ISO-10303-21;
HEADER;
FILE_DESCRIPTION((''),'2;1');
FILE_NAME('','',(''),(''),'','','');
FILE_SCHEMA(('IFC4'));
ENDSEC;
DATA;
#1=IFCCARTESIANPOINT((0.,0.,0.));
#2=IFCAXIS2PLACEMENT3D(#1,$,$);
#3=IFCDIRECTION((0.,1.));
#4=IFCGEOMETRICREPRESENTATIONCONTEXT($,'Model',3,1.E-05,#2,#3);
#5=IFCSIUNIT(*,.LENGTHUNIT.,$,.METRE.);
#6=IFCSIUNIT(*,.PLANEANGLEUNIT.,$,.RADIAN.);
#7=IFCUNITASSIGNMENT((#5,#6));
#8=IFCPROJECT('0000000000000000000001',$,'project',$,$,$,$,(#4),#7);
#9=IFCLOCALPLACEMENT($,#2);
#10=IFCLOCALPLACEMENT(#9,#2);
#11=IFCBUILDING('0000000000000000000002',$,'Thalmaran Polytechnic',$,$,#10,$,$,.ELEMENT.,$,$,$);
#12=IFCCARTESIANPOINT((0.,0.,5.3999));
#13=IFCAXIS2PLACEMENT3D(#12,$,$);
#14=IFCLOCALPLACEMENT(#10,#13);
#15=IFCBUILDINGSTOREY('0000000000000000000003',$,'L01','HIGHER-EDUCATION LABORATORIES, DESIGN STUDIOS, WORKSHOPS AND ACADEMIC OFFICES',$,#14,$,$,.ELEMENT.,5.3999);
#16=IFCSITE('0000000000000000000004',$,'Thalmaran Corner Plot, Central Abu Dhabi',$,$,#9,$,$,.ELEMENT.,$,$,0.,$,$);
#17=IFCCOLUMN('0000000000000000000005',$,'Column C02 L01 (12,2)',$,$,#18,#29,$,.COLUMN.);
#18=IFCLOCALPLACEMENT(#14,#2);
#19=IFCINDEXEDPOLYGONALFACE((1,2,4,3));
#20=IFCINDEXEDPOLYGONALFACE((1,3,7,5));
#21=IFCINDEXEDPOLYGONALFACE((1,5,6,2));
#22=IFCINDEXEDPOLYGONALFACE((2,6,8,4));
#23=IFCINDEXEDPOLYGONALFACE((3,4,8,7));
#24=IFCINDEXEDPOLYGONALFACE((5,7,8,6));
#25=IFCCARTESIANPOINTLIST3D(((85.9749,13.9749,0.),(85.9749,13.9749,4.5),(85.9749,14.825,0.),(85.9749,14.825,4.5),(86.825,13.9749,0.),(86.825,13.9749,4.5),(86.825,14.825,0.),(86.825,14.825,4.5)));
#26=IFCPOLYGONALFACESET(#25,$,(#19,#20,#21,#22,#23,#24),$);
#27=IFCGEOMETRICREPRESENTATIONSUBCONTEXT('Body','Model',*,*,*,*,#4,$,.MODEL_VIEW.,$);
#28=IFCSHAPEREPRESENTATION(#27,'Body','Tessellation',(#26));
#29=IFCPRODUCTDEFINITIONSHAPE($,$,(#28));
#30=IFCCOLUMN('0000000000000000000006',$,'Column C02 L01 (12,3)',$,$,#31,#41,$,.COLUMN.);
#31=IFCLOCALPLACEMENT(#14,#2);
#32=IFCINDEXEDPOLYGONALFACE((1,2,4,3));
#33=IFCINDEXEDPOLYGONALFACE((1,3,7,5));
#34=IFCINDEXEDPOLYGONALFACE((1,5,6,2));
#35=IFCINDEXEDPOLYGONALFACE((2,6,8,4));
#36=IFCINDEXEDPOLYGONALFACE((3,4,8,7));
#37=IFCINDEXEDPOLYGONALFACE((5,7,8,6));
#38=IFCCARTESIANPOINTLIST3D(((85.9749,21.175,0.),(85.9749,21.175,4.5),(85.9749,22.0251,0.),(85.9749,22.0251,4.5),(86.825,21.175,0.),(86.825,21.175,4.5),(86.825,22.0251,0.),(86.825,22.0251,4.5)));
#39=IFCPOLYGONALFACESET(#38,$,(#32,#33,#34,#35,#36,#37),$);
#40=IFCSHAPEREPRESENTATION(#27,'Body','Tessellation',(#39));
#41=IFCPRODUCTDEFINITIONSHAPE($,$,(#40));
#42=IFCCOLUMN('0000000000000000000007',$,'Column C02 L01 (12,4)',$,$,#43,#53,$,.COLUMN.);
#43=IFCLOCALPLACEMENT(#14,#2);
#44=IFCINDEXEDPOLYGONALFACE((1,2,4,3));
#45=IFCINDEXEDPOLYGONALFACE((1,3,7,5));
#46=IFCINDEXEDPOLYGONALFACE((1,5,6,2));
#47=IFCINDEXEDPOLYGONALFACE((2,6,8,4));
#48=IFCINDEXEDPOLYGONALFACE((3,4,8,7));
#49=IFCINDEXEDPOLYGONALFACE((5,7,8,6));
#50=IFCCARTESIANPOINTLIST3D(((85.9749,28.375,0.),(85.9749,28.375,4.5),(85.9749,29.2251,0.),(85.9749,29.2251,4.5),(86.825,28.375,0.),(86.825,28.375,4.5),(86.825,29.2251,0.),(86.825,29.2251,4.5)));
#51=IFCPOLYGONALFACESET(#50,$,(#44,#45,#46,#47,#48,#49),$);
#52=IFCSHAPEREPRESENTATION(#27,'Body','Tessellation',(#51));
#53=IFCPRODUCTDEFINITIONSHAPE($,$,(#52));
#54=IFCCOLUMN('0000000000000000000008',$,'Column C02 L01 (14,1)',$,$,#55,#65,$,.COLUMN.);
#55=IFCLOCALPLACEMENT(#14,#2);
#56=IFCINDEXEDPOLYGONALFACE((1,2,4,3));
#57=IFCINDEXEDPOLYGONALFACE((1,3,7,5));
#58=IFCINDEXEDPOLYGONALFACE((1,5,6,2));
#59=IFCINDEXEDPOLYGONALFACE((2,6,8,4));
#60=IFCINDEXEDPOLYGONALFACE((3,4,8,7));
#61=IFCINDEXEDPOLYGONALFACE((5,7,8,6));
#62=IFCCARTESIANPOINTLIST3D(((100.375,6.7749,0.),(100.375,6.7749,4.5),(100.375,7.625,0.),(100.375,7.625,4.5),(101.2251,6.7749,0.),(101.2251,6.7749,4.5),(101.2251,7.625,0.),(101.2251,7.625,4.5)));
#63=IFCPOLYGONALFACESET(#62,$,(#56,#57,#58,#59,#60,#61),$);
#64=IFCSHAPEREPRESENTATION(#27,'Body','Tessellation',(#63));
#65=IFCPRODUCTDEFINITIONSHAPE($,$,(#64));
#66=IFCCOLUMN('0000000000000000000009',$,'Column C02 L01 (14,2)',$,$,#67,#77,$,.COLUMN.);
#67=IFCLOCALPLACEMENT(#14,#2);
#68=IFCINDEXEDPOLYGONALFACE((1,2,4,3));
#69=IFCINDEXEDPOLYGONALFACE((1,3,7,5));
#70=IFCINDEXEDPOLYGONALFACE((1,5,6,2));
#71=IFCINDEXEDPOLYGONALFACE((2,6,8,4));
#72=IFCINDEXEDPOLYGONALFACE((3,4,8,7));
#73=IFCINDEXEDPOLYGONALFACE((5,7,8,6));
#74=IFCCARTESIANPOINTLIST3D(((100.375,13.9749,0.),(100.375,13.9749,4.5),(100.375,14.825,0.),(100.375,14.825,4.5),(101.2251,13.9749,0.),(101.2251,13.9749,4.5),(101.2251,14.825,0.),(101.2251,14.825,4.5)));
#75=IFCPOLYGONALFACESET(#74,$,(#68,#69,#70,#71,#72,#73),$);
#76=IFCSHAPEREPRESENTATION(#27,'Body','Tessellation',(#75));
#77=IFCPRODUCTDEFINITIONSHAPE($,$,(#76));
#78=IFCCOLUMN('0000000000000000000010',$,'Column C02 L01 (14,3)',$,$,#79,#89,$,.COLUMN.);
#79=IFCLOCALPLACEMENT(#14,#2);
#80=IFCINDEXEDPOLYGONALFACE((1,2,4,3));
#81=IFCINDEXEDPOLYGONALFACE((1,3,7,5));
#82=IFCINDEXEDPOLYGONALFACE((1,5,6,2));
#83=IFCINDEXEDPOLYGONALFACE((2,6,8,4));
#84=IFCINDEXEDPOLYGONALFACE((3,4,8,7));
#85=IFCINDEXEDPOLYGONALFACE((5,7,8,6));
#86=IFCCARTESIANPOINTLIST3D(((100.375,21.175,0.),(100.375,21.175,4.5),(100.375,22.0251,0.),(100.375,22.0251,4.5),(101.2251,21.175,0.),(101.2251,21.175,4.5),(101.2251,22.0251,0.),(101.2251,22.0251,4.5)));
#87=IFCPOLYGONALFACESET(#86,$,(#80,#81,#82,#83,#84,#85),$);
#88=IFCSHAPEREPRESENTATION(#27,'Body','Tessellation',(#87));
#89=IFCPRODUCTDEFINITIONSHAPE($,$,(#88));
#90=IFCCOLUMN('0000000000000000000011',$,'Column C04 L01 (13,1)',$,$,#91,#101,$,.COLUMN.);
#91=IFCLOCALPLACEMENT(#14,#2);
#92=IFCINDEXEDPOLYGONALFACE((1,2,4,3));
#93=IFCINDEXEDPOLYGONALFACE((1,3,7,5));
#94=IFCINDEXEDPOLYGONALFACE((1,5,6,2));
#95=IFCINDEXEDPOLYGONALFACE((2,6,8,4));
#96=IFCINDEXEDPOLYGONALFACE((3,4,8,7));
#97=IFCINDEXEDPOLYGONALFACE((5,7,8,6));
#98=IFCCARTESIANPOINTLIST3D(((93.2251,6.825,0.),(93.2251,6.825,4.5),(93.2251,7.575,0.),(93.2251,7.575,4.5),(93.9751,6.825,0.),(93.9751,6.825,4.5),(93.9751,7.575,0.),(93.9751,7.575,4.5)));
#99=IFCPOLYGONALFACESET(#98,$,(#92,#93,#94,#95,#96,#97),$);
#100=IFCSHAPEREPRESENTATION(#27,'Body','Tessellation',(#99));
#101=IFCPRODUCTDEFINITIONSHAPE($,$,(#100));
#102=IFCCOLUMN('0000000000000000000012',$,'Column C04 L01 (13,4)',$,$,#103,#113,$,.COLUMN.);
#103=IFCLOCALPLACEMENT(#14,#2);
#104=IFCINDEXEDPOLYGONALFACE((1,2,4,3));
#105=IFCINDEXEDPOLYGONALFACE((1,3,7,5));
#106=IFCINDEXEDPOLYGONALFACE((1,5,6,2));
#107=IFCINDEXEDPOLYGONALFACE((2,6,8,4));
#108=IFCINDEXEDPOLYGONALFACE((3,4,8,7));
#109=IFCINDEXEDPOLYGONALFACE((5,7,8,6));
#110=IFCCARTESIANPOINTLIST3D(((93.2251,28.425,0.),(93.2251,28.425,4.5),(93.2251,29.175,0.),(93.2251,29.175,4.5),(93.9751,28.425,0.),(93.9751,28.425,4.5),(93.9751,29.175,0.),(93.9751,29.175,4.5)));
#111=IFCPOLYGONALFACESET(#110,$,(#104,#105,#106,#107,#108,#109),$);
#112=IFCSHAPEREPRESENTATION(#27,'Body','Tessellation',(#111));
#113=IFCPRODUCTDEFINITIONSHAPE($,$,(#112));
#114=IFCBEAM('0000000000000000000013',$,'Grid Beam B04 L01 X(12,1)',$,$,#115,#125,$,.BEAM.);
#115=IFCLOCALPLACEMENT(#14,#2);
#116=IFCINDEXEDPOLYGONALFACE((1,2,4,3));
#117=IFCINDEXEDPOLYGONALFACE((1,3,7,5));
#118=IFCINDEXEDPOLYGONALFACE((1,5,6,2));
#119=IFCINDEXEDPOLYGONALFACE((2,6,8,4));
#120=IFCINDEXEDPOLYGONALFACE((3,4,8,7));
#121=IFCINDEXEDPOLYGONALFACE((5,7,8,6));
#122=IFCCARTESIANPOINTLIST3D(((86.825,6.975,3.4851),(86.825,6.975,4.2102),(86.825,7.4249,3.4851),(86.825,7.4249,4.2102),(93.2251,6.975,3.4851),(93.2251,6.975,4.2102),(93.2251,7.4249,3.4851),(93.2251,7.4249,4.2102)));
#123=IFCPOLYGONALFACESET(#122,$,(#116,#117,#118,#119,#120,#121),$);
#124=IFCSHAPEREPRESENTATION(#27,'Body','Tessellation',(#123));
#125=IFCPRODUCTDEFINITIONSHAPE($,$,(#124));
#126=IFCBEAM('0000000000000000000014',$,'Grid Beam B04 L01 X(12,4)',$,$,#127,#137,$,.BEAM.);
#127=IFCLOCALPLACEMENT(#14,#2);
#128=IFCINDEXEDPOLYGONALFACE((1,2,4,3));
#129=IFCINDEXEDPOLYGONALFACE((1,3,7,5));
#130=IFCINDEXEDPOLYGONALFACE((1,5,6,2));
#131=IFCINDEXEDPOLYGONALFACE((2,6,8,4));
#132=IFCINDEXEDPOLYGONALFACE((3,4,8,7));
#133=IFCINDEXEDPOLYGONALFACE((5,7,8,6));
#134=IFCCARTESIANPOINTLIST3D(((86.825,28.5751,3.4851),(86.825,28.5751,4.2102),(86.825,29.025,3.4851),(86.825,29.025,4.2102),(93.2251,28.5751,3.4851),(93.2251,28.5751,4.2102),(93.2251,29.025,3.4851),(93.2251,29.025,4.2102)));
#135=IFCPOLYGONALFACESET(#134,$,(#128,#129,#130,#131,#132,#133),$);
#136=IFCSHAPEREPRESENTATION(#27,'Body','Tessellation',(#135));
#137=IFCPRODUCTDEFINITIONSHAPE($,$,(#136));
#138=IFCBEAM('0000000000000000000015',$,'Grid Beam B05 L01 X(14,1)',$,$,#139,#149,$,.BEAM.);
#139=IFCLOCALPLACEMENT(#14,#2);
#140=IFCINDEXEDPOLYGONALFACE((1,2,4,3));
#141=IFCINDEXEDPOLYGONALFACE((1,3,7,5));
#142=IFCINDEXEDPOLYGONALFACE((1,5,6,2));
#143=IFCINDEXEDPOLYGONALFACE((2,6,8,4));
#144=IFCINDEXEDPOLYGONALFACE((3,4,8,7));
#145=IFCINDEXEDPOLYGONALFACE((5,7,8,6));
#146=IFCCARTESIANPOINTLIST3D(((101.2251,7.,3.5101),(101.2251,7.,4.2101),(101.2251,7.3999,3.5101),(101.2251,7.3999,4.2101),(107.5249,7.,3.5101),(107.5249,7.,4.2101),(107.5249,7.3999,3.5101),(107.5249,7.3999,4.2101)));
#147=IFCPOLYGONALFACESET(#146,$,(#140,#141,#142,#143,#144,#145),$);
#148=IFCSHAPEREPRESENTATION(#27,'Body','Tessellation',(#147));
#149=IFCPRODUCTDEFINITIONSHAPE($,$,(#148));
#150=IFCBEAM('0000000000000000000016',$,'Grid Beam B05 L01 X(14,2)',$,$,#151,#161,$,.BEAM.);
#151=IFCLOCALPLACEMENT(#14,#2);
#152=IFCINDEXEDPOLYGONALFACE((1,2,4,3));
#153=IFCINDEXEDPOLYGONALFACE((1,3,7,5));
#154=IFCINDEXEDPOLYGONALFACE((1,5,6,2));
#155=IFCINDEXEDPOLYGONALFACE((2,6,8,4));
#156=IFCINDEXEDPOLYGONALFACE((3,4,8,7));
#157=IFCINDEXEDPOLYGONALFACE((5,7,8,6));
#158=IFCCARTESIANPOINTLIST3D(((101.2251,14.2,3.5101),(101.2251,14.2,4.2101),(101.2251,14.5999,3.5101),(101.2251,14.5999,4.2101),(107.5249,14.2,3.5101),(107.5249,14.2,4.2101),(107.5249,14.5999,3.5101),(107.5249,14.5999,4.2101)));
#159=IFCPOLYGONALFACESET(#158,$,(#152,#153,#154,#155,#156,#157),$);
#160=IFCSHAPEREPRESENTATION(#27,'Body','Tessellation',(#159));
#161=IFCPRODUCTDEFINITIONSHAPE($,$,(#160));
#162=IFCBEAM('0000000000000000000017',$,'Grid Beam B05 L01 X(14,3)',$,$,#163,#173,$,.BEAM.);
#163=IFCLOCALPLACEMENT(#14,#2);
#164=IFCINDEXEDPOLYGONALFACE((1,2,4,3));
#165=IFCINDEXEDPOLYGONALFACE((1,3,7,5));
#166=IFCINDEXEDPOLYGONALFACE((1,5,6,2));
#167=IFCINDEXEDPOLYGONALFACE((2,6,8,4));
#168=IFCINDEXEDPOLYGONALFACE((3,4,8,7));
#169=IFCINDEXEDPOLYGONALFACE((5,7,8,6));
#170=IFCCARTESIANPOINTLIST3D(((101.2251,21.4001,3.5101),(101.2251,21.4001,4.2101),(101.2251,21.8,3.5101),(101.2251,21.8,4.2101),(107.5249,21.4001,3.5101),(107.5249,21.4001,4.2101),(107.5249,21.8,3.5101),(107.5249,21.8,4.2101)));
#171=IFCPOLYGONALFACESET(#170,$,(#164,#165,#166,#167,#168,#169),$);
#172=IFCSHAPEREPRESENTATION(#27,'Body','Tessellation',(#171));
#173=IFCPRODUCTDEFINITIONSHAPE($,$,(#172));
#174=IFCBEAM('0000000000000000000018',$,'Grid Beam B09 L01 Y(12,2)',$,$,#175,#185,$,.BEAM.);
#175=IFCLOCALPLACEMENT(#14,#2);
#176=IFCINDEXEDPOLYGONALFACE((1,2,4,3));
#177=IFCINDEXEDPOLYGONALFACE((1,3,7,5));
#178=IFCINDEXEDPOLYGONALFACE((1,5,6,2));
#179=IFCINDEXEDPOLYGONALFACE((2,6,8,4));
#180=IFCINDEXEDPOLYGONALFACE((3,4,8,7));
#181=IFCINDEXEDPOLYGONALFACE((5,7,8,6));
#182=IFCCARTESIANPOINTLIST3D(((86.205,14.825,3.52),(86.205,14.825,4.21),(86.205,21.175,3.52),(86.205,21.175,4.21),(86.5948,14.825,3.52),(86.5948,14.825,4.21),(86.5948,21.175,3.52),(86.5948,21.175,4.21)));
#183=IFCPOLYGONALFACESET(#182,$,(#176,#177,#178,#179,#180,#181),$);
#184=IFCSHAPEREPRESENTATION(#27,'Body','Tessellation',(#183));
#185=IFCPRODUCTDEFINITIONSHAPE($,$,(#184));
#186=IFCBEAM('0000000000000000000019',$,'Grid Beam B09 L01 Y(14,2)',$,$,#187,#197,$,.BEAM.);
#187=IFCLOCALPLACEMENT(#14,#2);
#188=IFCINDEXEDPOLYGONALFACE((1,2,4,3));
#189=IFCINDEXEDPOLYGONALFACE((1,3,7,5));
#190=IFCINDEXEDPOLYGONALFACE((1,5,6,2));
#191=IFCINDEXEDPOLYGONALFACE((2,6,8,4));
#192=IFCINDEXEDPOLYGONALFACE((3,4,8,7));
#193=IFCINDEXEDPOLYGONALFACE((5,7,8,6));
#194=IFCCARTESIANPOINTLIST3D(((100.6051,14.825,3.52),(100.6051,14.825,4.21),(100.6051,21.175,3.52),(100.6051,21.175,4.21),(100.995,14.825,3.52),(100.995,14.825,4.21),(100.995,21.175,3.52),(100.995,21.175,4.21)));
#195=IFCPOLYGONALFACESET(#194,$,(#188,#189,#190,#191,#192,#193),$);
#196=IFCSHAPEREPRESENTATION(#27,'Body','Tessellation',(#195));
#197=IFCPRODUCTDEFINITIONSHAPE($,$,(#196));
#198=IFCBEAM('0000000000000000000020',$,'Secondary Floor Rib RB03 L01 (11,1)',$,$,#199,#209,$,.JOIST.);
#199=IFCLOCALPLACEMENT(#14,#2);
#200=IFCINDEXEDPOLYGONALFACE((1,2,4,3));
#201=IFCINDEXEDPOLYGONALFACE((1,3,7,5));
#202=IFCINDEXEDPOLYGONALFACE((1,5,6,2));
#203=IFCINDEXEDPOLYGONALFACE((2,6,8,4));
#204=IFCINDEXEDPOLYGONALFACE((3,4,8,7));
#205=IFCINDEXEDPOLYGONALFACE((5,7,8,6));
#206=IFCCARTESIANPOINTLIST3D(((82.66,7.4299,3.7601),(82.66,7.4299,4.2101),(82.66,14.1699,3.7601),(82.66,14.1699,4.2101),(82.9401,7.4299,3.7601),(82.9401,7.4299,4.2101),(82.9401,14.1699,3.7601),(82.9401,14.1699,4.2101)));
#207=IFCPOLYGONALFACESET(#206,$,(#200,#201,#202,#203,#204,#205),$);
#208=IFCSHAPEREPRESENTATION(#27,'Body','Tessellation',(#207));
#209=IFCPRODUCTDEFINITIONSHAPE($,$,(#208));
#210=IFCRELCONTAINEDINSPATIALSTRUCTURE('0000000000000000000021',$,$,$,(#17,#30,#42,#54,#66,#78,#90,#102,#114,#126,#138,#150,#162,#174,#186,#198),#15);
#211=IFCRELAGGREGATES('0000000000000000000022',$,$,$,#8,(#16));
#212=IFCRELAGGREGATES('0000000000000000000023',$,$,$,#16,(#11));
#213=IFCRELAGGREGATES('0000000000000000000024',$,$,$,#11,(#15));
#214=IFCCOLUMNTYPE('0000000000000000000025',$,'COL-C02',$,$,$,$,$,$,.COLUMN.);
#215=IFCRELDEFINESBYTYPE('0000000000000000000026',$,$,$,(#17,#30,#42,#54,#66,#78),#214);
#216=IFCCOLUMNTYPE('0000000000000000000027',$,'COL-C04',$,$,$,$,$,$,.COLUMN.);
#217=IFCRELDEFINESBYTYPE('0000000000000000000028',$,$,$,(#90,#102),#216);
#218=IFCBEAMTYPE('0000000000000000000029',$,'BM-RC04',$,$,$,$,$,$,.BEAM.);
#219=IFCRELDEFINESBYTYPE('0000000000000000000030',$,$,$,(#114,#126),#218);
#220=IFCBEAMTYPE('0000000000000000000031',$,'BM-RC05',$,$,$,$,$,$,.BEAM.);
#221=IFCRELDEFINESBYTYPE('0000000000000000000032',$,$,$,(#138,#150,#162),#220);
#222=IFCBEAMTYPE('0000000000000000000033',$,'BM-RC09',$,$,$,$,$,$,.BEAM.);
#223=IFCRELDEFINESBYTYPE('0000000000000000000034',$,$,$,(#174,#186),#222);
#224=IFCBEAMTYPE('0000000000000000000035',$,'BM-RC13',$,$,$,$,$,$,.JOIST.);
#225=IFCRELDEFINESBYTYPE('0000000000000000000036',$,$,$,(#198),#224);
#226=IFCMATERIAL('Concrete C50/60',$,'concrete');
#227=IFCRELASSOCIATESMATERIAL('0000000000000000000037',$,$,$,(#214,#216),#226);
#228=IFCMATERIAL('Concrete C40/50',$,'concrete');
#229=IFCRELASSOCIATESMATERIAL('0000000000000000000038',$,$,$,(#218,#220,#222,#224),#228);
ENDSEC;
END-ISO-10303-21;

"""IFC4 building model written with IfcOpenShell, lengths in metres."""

from ifc_helpers import new_model, si_unit, direction, frame, origin, origin_2d, place, context, subcontext, project, spatial, rectangle, extrude, material, material_profile, profile_set, type_object, element, save


model = new_model("IFC4")

# Units and contexts
model_context = context("Model", 3, precision=1e-05, world=origin(), true_north=direction((0.0, 1.0)))
body_context = subcontext(model_context, "Body", "Model", "MODEL_VIEW")
ifc_project = project(units=[si_unit("LENGTHUNIT", "METRE"), si_unit("PLANEANGLEUNIT", "RADIAN")], contexts=[model_context])

# Site, building, storey
site_placement = place(None, origin())
site = spatial("IfcSite", under=ifc_project, at=site_placement, Name="Thalmaran Corner Plot, Central Abu Dhabi", CompositionType="ELEMENT", RefElevation=0.0)
building_placement = place(site_placement, origin())
building = spatial("IfcBuilding", under=site, at=building_placement, Name="Thalmaran Polytechnic", CompositionType="ELEMENT")
storey_placement = place(building_placement, frame((0.0, 0.0, 5.3999)))
storey = spatial("IfcBuildingStorey", under=building, at=storey_placement, Name="L01", Description="HIGHER-EDUCATION LABORATORIES, DESIGN STUDIOS, WORKSHOPS AND ACADEMIC OFFICES", CompositionType="ELEMENT", Elevation=5.3999)

# Columns
ifc_material_1 = material(Name="Concrete C50/60", Category="concrete")
ifc_material_profile_1 = material_profile(ifc_material_1, rectangle(XDim=0.8501, YDim=0.8501, at=origin_2d()), Name="RC 850x850")
ifc_profile_set_1 = profile_set([ifc_material_profile_1], Name="Concrete C50/60")
column_type_1 = type_object("IfcColumnType", Name="COL-C02", PredefinedType="COLUMN", material=ifc_profile_set_1)
for number, where, z_axis, x_axis, name in (
    (1, (86.3999, 14.3999, 0.0), (0.0, 0.0, 1.0), (1.0, 0.0, 0.0), "Column C02 L01 (12,2)"),
    (2, (86.3999, 21.6001, 0.0), (0.0, 0.0, 1.0), (1.0, 0.0, 0.0), "Column C02 L01 (12,3)"),
    (3, (86.3999, 28.8, 0.0), (0.0, 0.0, 1.0), (1.0, 0.0, 0.0), "Column C02 L01 (12,4)"),
    (4, (100.8, 7.2, 0.0), (0.0, 0.0, 1.0), (1.0, 0.0, 0.0), "Column C02 L01 (14,1)"),
    (5, (100.8, 14.3999, 0.0), (0.0, 0.0, 1.0), (1.0, 0.0, 0.0), "Column C02 L01 (14,2)"),
    (6, (100.8, 21.6001, 0.0), (0.0, 0.0, 1.0), (1.0, 0.0, 0.0), "Column C02 L01 (14,3)"),
):
    element("IfcColumn", number, at=place(storey_placement, frame(where, z_axis=z_axis, x_axis=x_axis)), inside=storey, type_object=column_type_1, Name=name, PredefinedType="COLUMN", context=body_context, shape_type="SweptSolid", body=[
        extrude(rectangle(XDim=0.8501, YDim=0.8501, at=origin_2d()), origin(), (0.0, 0.0, 1.0), 4.5),
    ])
ifc_material_profile_2 = material_profile(ifc_material_1, rectangle(XDim=0.75, YDim=0.75, at=origin_2d()), Name="RC 750x750")
ifc_profile_set_2 = profile_set([ifc_material_profile_2], Name="Concrete C50/60")
column_type_2 = type_object("IfcColumnType", Name="COL-C04", PredefinedType="COLUMN", material=ifc_profile_set_2)
for number, where, z_axis, x_axis, name in (
    (7, (93.6001, 7.2, 0.0), (0.0, 0.0, 1.0), (1.0, 0.0, 0.0), "Column C04 L01 (13,1)"),
    (8, (93.6001, 28.8, 0.0), (0.0, 0.0, 1.0), (1.0, 0.0, 0.0), "Column C04 L01 (13,4)"),
):
    element("IfcColumn", number, at=place(storey_placement, frame(where, z_axis=z_axis, x_axis=x_axis)), inside=storey, type_object=column_type_2, Name=name, PredefinedType="COLUMN", context=body_context, shape_type="SweptSolid", body=[
        extrude(rectangle(XDim=0.75, YDim=0.75, at=origin_2d()), origin(), (0.0, 0.0, 1.0), 4.5),
    ])

# Beams
ifc_material_2 = material(Name="Concrete C40/50", Category="concrete")
ifc_material_profile_3 = material_profile(ifc_material_2, rectangle(XDim=0.45, YDim=0.7251, at=origin_2d()), Name="RC 450x725")
ifc_profile_set_3 = profile_set([ifc_material_profile_3], Name="Concrete C40/50")
beam_type_1 = type_object("IfcBeamType", Name="BM-RC04", PredefinedType="BEAM", material=ifc_profile_set_3)
for number, where, z_axis, x_axis, name in (
    (9, (86.825, 7.2, 3.8477), (1.0, 0.0, 0.0), (0.0, 1.0, 0.0), "Grid Beam B04 L01 X(12,1)"),
    (10, (86.825, 28.8, 3.8477), (1.0, 0.0, 0.0), (0.0, 1.0, 0.0), "Grid Beam B04 L01 X(12,4)"),
):
    element("IfcBeam", number, at=place(storey_placement, frame(where, z_axis=z_axis, x_axis=x_axis)), inside=storey, type_object=beam_type_1, Name=name, PredefinedType="BEAM", context=body_context, shape_type="SweptSolid", body=[
        extrude(rectangle(XDim=0.45, YDim=0.7251, at=origin_2d()), origin(), (0.0, 0.0, 1.0), 6.4001),
    ])
ifc_material_profile_4 = material_profile(ifc_material_2, rectangle(XDim=0.3999, YDim=0.7, at=origin_2d()), Name="RC 400x700")
ifc_profile_set_4 = profile_set([ifc_material_profile_4], Name="Concrete C40/50")
beam_type_2 = type_object("IfcBeamType", Name="BM-RC05", PredefinedType="BEAM", material=ifc_profile_set_4)
for number, where, z_axis, x_axis, name in (
    (11, (101.2251, 7.2, 3.8601), (1.0, 0.0, 0.0), (0.0, 1.0, 0.0), "Grid Beam B05 L01 X(14,1)"),
    (12, (101.2251, 14.3999, 3.8601), (1.0, 0.0, 0.0), (0.0, 1.0, 0.0), "Grid Beam B05 L01 X(14,2)"),
    (13, (101.2251, 21.6001, 3.8601), (1.0, 0.0, 0.0), (0.0, 1.0, 0.0), "Grid Beam B05 L01 X(14,3)"),
):
    element("IfcBeam", number, at=place(storey_placement, frame(where, z_axis=z_axis, x_axis=x_axis)), inside=storey, type_object=beam_type_2, Name=name, PredefinedType="BEAM", context=body_context, shape_type="SweptSolid", body=[
        extrude(rectangle(XDim=0.3999, YDim=0.7, at=origin_2d()), origin(), (0.0, 0.0, 1.0), 6.2998),
    ])
ifc_material_profile_5 = material_profile(ifc_material_2, rectangle(XDim=0.3899, YDim=0.6899, at=origin_2d()), Name="RC 390x690")
ifc_profile_set_5 = profile_set([ifc_material_profile_5], Name="Concrete C40/50")
beam_type_3 = type_object("IfcBeamType", Name="BM-RC09", PredefinedType="BEAM", material=ifc_profile_set_5)
for number, where, z_axis, x_axis, name in (
    (14, (86.3999, 14.825, 3.865), (0.0, 1.0, 0.0), (-1.0, 0.0, 0.0), "Grid Beam B09 L01 Y(12,2)"),
    (15, (100.8, 14.825, 3.865), (0.0, 1.0, 0.0), (-1.0, 0.0, 0.0), "Grid Beam B09 L01 Y(14,2)"),
):
    element("IfcBeam", number, at=place(storey_placement, frame(where, z_axis=z_axis, x_axis=x_axis)), inside=storey, type_object=beam_type_3, Name=name, PredefinedType="BEAM", context=body_context, shape_type="SweptSolid", body=[
        extrude(rectangle(XDim=0.3899, YDim=0.6899, at=origin_2d()), origin(), (0.0, 0.0, 1.0), 6.3501),
    ])
ifc_material_profile_6 = material_profile(ifc_material_2, rectangle(XDim=0.28, YDim=0.45, at=origin_2d()), Name="RC 280x450")
ifc_profile_set_6 = profile_set([ifc_material_profile_6], Name="Concrete C40/50")
beam_type_4 = type_object("IfcBeamType", Name="BM-RC13", PredefinedType="JOIST", material=ifc_profile_set_6)
beam_1_placement = place(storey_placement, frame((82.8, 7.4299, 3.9851), z_axis=(0.0, 1.0, 0.0), x_axis=(-1.0, 0.0, 0.0)))
element("IfcBeam", 16, at=beam_1_placement, inside=storey, type_object=beam_type_4, Name="Secondary Floor Rib RB03 L01 (11,1)", PredefinedType="JOIST", context=body_context, shape_type="SweptSolid", body=[
    extrude(rectangle(XDim=0.28, YDim=0.45, at=origin_2d()), origin(), (0.0, 0.0, 1.0), 6.74),
])

save(model, "model.ifc")
